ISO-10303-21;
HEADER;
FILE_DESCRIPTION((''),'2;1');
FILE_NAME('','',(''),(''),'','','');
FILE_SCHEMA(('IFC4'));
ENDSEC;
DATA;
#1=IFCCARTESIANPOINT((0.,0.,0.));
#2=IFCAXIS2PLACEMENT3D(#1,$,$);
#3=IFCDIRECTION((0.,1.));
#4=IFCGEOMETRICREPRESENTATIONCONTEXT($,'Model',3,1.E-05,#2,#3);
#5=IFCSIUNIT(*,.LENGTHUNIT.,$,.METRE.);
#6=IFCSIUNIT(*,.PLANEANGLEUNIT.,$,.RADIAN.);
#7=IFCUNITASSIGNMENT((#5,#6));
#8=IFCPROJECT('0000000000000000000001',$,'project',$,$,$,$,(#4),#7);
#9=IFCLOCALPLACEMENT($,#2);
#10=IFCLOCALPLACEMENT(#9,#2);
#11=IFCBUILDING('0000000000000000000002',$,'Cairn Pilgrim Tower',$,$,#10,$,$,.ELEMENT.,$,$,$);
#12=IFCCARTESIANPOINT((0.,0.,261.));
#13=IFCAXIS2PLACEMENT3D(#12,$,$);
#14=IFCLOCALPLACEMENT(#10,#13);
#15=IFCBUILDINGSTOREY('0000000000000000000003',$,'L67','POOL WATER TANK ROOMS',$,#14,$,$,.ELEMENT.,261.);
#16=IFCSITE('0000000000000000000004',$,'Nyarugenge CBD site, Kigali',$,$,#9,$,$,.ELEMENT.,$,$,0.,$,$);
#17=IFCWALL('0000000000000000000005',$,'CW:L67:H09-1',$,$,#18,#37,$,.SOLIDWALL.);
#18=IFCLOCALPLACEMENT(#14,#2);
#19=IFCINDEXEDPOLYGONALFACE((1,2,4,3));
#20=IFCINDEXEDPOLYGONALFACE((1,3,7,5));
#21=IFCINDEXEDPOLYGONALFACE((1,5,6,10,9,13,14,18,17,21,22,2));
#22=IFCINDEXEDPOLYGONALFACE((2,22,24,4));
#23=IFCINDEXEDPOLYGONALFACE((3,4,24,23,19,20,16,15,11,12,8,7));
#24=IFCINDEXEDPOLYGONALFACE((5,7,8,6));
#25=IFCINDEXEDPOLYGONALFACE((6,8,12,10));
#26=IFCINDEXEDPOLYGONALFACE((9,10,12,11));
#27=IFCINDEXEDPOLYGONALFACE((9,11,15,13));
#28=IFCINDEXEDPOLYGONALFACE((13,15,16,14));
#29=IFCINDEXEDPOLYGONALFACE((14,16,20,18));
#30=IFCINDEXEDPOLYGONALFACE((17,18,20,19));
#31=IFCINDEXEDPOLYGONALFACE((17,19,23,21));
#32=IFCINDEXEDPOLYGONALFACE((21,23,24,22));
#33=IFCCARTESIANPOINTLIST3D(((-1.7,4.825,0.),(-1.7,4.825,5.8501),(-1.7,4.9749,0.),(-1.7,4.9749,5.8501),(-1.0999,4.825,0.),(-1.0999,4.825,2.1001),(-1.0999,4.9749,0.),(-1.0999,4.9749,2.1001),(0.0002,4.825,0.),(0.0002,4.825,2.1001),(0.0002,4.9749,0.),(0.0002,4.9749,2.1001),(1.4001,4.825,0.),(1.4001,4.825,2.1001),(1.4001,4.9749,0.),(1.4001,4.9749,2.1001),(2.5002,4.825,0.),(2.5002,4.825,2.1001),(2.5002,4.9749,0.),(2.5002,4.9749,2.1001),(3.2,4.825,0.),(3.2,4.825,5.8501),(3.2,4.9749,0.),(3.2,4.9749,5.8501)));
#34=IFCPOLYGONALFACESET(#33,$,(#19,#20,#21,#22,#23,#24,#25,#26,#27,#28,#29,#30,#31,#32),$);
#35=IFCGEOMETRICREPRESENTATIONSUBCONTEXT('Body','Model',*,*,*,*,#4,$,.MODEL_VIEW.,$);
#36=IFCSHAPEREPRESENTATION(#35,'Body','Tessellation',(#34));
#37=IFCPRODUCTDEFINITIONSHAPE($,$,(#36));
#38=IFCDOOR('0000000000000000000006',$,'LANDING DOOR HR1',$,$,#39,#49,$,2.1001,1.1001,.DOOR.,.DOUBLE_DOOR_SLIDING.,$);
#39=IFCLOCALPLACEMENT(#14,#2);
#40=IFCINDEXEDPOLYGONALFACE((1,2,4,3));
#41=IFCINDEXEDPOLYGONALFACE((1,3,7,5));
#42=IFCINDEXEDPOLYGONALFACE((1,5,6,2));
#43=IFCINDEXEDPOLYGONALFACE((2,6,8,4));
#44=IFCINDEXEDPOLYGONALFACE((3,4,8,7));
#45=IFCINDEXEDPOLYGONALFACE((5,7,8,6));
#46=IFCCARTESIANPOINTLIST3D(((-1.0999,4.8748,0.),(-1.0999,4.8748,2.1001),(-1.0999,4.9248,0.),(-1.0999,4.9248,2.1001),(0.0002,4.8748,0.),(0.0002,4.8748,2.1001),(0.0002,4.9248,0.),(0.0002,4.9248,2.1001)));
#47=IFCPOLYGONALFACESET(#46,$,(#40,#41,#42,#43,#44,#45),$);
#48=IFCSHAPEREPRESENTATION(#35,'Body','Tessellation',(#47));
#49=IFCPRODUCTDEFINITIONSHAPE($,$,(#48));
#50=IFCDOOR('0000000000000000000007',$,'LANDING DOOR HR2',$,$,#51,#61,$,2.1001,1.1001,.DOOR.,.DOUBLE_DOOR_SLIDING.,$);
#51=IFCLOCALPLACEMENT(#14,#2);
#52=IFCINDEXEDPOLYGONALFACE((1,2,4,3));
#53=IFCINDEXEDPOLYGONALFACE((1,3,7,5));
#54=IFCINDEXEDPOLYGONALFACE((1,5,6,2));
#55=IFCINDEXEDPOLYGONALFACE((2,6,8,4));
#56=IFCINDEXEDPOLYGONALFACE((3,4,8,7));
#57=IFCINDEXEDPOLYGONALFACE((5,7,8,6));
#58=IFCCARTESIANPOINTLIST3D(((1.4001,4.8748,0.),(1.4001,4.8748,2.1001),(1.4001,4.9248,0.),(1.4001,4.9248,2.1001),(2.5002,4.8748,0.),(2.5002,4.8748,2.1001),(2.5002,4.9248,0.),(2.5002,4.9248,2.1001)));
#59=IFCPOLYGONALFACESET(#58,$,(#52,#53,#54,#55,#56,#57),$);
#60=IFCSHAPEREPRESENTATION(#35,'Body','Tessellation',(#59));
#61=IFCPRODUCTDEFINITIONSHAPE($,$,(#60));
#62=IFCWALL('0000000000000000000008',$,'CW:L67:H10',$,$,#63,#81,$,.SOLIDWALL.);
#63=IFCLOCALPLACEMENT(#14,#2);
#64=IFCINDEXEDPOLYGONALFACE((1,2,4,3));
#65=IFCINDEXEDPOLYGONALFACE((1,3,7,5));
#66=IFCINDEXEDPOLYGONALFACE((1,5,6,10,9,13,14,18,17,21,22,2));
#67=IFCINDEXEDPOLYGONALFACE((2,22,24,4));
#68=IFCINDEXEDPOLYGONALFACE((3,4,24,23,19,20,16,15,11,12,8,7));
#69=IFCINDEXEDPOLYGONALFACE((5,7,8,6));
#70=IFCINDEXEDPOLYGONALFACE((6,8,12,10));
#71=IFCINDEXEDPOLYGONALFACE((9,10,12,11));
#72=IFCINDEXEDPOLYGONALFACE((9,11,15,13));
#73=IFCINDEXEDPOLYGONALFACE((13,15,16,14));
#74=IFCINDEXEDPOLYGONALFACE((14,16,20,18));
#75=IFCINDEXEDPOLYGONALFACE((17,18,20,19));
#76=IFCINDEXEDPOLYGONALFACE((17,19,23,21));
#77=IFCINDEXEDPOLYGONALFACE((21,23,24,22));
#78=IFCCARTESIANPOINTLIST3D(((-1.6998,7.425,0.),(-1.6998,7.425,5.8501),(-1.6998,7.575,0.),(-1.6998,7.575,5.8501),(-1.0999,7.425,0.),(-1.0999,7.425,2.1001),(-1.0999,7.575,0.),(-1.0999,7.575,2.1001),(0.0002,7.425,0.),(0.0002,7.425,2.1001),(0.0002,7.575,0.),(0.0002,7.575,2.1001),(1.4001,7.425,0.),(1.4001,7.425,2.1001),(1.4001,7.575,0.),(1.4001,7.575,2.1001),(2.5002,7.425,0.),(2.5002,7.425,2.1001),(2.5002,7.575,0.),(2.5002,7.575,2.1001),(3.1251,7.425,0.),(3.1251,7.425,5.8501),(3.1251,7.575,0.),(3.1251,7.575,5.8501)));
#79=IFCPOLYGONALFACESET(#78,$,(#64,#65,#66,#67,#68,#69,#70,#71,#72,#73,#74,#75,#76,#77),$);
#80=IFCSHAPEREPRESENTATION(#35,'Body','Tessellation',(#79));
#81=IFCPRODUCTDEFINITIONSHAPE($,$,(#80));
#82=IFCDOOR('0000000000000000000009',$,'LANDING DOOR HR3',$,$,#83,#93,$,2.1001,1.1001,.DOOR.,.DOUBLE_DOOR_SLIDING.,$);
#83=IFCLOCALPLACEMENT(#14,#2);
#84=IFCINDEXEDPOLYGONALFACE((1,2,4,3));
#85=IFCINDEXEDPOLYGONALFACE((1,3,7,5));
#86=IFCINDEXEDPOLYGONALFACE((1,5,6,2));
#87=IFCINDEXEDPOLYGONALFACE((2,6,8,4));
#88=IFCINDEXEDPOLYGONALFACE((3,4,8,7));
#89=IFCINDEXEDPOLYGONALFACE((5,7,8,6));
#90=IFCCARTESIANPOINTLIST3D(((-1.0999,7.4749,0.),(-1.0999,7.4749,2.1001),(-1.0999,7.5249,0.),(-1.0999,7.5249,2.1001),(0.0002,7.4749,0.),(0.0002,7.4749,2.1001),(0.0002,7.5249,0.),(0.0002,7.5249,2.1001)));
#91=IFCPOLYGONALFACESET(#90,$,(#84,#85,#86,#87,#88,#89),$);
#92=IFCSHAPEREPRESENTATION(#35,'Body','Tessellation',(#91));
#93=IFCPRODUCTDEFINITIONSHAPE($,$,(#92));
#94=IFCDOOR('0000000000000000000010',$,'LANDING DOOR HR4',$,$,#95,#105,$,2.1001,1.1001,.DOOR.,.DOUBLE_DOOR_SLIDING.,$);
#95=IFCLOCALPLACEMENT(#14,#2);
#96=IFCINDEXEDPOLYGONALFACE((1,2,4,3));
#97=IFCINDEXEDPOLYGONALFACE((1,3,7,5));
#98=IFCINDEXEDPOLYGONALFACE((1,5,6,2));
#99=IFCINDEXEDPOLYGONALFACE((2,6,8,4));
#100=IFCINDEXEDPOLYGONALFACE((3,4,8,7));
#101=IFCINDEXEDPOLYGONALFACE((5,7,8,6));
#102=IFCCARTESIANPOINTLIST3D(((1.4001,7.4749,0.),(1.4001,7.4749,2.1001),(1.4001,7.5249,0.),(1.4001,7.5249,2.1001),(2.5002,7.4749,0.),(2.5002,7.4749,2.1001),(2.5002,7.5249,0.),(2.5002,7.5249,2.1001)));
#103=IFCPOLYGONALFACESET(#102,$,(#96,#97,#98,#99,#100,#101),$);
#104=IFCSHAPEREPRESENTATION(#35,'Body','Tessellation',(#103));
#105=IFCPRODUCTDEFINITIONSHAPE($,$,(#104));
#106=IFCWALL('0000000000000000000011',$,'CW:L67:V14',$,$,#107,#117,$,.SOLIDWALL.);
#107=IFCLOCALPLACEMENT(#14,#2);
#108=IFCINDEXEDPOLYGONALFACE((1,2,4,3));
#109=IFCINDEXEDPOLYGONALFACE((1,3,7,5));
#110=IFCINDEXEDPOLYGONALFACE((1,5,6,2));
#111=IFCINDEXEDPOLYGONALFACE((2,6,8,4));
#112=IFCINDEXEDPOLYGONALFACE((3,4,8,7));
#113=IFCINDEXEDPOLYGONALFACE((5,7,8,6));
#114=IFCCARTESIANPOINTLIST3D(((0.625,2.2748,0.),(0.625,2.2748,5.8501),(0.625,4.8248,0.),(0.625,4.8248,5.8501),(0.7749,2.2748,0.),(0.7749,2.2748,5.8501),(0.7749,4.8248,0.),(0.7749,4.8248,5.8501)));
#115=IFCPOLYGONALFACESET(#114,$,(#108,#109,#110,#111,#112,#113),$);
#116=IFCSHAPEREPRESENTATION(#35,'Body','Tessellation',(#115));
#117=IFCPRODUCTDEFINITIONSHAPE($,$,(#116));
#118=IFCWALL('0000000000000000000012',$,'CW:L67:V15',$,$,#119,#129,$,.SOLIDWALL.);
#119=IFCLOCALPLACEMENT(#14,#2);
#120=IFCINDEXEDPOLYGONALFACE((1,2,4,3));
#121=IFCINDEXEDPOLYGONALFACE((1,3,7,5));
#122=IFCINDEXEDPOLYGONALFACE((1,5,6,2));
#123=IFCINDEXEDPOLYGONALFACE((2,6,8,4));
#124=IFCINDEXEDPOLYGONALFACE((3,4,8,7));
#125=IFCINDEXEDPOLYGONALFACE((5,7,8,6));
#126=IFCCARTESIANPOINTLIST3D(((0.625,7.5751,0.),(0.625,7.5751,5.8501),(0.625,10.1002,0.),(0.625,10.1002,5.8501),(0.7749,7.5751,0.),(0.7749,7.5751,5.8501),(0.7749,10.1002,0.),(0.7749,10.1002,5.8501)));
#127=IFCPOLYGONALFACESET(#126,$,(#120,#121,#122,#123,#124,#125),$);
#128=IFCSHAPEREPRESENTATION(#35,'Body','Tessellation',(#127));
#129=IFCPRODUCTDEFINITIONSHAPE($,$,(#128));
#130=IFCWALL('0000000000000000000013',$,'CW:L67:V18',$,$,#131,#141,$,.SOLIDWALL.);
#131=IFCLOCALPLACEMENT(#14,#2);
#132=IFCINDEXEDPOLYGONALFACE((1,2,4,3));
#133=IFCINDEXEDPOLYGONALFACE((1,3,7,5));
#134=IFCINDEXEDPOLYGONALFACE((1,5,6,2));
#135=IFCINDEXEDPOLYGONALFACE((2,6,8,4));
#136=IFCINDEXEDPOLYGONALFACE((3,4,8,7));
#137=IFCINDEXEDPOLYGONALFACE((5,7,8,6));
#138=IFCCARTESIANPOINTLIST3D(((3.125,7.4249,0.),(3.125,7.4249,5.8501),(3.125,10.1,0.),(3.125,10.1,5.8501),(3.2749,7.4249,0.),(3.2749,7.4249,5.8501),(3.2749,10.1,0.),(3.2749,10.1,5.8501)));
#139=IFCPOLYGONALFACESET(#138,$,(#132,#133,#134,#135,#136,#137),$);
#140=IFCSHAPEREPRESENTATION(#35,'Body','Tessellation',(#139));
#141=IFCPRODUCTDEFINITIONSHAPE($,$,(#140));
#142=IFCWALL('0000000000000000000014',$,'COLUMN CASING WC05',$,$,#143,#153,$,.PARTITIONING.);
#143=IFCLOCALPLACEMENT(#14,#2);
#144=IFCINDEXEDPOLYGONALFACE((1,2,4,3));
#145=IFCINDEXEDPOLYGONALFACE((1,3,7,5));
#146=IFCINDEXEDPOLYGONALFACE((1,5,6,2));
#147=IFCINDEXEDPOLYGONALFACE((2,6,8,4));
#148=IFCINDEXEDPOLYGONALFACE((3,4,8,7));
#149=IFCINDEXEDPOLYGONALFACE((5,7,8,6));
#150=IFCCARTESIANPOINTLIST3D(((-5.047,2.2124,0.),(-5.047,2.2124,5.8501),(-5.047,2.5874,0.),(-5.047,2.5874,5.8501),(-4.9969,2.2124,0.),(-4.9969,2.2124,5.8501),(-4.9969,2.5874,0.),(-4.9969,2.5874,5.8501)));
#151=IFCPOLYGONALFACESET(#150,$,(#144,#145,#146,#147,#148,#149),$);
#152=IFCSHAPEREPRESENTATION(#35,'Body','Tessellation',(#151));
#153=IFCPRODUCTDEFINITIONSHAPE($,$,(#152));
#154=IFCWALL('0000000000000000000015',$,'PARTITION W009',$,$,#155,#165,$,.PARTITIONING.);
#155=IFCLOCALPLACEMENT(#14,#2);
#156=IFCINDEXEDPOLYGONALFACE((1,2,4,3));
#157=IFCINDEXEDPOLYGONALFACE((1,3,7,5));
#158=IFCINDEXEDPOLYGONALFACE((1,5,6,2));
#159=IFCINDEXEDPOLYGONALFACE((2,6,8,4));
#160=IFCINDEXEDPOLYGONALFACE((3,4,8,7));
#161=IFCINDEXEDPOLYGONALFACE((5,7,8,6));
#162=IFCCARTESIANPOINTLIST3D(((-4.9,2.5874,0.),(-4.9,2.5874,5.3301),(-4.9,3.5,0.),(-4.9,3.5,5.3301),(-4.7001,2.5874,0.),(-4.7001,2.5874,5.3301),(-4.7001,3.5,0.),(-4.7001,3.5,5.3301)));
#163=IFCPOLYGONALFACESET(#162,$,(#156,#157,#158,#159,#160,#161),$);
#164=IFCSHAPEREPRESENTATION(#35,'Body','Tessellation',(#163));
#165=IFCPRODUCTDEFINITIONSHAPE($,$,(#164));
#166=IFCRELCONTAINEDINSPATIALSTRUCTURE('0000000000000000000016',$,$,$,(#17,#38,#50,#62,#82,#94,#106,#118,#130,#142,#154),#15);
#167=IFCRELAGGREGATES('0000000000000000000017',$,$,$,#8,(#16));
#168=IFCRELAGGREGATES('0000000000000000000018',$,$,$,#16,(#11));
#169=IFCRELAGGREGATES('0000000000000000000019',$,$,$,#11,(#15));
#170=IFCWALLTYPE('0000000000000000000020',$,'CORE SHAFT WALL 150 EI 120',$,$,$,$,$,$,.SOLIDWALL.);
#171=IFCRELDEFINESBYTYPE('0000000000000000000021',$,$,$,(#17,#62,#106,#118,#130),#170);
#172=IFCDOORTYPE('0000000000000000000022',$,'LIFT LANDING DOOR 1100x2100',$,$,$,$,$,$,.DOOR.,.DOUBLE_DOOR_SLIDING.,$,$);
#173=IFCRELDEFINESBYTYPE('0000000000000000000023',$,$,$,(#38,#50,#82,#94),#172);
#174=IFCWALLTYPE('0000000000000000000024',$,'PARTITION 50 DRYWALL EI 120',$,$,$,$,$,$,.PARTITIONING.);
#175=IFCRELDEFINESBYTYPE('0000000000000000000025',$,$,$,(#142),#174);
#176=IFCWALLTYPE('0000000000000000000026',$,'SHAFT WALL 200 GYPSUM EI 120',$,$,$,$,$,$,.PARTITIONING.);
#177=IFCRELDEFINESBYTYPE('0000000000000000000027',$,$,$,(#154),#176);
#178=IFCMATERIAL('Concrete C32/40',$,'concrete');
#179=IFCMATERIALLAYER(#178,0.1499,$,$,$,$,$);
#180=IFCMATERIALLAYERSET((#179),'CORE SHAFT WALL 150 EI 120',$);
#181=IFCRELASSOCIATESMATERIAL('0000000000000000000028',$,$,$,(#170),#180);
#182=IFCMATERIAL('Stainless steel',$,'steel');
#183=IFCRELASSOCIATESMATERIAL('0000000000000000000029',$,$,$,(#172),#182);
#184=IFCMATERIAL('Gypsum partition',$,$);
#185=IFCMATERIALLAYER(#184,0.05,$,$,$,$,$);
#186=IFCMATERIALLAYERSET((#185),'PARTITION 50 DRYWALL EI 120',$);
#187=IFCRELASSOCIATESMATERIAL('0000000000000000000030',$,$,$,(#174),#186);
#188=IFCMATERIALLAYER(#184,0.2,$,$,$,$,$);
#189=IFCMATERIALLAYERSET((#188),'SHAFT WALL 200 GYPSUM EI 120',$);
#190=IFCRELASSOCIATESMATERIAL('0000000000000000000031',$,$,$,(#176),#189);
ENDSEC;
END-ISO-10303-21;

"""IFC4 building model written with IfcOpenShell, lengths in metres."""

from ifc_helpers import new_model, si_unit, direction, frame, frame_2d, origin, place, context, subcontext, project, spatial, rectangle, extrude, material, layer, layer_set, type_object, element, fill, save


model = new_model("IFC4")

# Units and contexts
model_context = context("Model", 3, precision=1e-05, world=origin(), true_north=direction((0.0, 1.0)))
body_context = subcontext(model_context, "Body", "Model", "MODEL_VIEW")
ifc_project = project(units=[si_unit("LENGTHUNIT", "METRE"), si_unit("PLANEANGLEUNIT", "RADIAN")], contexts=[model_context])

# Site, building, storey
site_placement = place(None, origin())
site = spatial("IfcSite", under=ifc_project, at=site_placement, Name="Nyarugenge CBD site, Kigali", CompositionType="ELEMENT", RefElevation=0.0)
building_placement = place(site_placement, origin())
building = spatial("IfcBuilding", under=site, at=building_placement, Name="Cairn Pilgrim Tower", CompositionType="ELEMENT")
storey_placement = place(building_placement, frame((0.0, 0.0, 261.0)))
storey = spatial("IfcBuildingStorey", under=building, at=storey_placement, Name="L67", Description="POOL WATER TANK ROOMS", CompositionType="ELEMENT", Elevation=261.0)

# Walls, openings, doors
ifc_material_1 = material(Name="Concrete C32/40", Category="concrete")
ifc_layer_1 = layer(ifc_material_1, 0.1499)
ifc_layer_set_1 = layer_set([ifc_layer_1], Name="CORE SHAFT WALL 150 EI 120")
wall_type_1 = type_object("IfcWallType", Name="CORE SHAFT WALL 150 EI 120", PredefinedType="SOLIDWALL", material=ifc_layer_set_1)
wall_1_placement = place(storey_placement, frame((-1.7, 4.8999, 0.0), z_axis=(0.0, 0.0, 1.0), x_axis=(1.0, 0.0, 0.0)))
wall_1 = element("IfcWall", 1, at=wall_1_placement, inside=storey, type_object=wall_type_1, Name="CW:L67:H09-1", PredefinedType="SOLIDWALL", context=body_context, shape_type="SweptSolid", body=[
    extrude(rectangle(XDim=4.8999, YDim=0.1499, at=frame_2d((2.45, 0.0))), origin(), (0.0, 0.0, 1.0), 5.8501),
])
opening_1_placement = place(wall_1_placement, frame((0.6001, 0.0, 0.0)))
opening_1 = element("IfcOpeningElement", 2, at=opening_1_placement, cuts=wall_1, PredefinedType="OPENING", context=body_context, shape_type="SweptSolid", body=[
    extrude(rectangle(XDim=1.1001, YDim=2.1001, at=frame_2d((0.55, 1.05))), frame((0.0, 0.085, 0.0), z_axis=(0.0, -1.0, 0.0), x_axis=(1.0, 0.0, 0.0)), (0.0, 0.0, 1.0), 0.1699),
])
opening_2_placement = place(wall_1_placement, frame((3.1001, 0.0, 0.0)))
opening_2 = element("IfcOpeningElement", 3, at=opening_2_placement, cuts=wall_1, PredefinedType="OPENING", context=body_context, shape_type="SweptSolid", body=[
    extrude(rectangle(XDim=1.1001, YDim=2.1001, at=frame_2d((0.55, 1.05))), frame((0.0, 0.085, 0.0), z_axis=(0.0, -1.0, 0.0), x_axis=(1.0, 0.0, 0.0)), (0.0, 0.0, 1.0), 0.1699),
])
ifc_material_2 = material(Name="Stainless steel", Category="steel")
door_type_1 = type_object("IfcDoorType", Name="LIFT LANDING DOOR 1100x2100", OperationType="DOUBLE_DOOR_SLIDING", PredefinedType="DOOR", material=ifc_material_2)
door_1_placement = place(opening_1_placement, origin())
door_1 = element("IfcDoor", 4, at=door_1_placement, inside=storey, type_object=door_type_1, Name="LANDING DOOR HR1", OperationType="DOUBLE_DOOR_SLIDING", OverallHeight=2.1001, OverallWidth=1.1001, PredefinedType="DOOR", context=body_context, shape_type="SweptSolid", body=[
    extrude(rectangle(XDim=1.1001, YDim=2.1001, at=frame_2d((0.55, 1.05))), frame((0.0, 0.0249, 0.0), z_axis=(0.0, -1.0, 0.0), x_axis=(1.0, 0.0, 0.0)), (0.0, 0.0, 1.0), 0.05),
])
fill(opening_1, door_1)
door_2_placement = place(opening_2_placement, origin())
door_2 = element("IfcDoor", 5, at=door_2_placement, inside=storey, type_object=door_type_1, Name="LANDING DOOR HR2", OperationType="DOUBLE_DOOR_SLIDING", OverallHeight=2.1001, OverallWidth=1.1001, PredefinedType="DOOR", context=body_context, shape_type="SweptSolid", body=[
    extrude(rectangle(XDim=1.1001, YDim=2.1001, at=frame_2d((0.55, 1.05))), frame((0.0, 0.0249, 0.0), z_axis=(0.0, -1.0, 0.0), x_axis=(1.0, 0.0, 0.0)), (0.0, 0.0, 1.0), 0.05),
])
fill(opening_2, door_2)
wall_2_placement = place(storey_placement, frame((-1.7, 7.5, 0.0), z_axis=(0.0, 0.0, 1.0), x_axis=(1.0, 0.0, 0.0)))
wall_2 = element("IfcWall", 6, at=wall_2_placement, inside=storey, type_object=wall_type_1, Name="CW:L67:H10", PredefinedType="SOLIDWALL", context=body_context, shape_type="SweptSolid", body=[
    extrude(rectangle(XDim=4.825, YDim=0.1499, at=frame_2d((2.4126, 0.0))), origin(), (0.0, 0.0, 1.0), 5.8501),
])
opening_3_placement = place(wall_2_placement, frame((0.6001, 0.0, 0.0)))
opening_3 = element("IfcOpeningElement", 7, at=opening_3_placement, cuts=wall_2, PredefinedType="OPENING", context=body_context, shape_type="SweptSolid", body=[
    extrude(rectangle(XDim=1.1001, YDim=2.1001, at=frame_2d((0.55, 1.05))), frame((0.0, 0.085, 0.0), z_axis=(0.0, -1.0, 0.0), x_axis=(1.0, 0.0, 0.0)), (0.0, 0.0, 1.0), 0.1699),
])
opening_4_placement = place(wall_2_placement, frame((3.1001, 0.0, 0.0)))
opening_4 = element("IfcOpeningElement", 8, at=opening_4_placement, cuts=wall_2, PredefinedType="OPENING", context=body_context, shape_type="SweptSolid", body=[
    extrude(rectangle(XDim=1.1001, YDim=2.1001, at=frame_2d((0.55, 1.05))), frame((0.0, 0.085, 0.0), z_axis=(0.0, -1.0, 0.0), x_axis=(1.0, 0.0, 0.0)), (0.0, 0.0, 1.0), 0.1699),
])
door_3_placement = place(opening_3_placement, origin())
door_3 = element("IfcDoor", 9, at=door_3_placement, inside=storey, type_object=door_type_1, Name="LANDING DOOR HR3", OperationType="DOUBLE_DOOR_SLIDING", OverallHeight=2.1001, OverallWidth=1.1001, PredefinedType="DOOR", context=body_context, shape_type="SweptSolid", body=[
    extrude(rectangle(XDim=1.1001, YDim=2.1001, at=frame_2d((0.55, 1.05))), frame((0.0, 0.0249, 0.0), z_axis=(0.0, -1.0, 0.0), x_axis=(1.0, 0.0, 0.0)), (0.0, 0.0, 1.0), 0.05),
])
fill(opening_3, door_3)
door_4_placement = place(opening_4_placement, origin())
door_4 = element("IfcDoor", 10, at=door_4_placement, inside=storey, type_object=door_type_1, Name="LANDING DOOR HR4", OperationType="DOUBLE_DOOR_SLIDING", OverallHeight=2.1001, OverallWidth=1.1001, PredefinedType="DOOR", context=body_context, shape_type="SweptSolid", body=[
    extrude(rectangle(XDim=1.1001, YDim=2.1001, at=frame_2d((0.55, 1.05))), frame((0.0, 0.0249, 0.0), z_axis=(0.0, -1.0, 0.0), x_axis=(1.0, 0.0, 0.0)), (0.0, 0.0, 1.0), 0.05),
])
fill(opening_4, door_4)

# Walls
wall_3_placement = place(storey_placement, frame((0.7, 2.2749, 0.0), z_axis=(0.0, 0.0, 1.0), x_axis=(0.0, 1.0, 0.0)))
element("IfcWall", 11, at=wall_3_placement, inside=storey, type_object=wall_type_1, Name="CW:L67:V14", PredefinedType="SOLIDWALL", context=body_context, shape_type="SweptSolid", body=[
    extrude(rectangle(XDim=2.55, YDim=0.1499, at=frame_2d((1.2749, 0.0))), origin(), (0.0, 0.0, 1.0), 5.8501),
])
wall_4_placement = place(storey_placement, frame((0.7, 7.575, 0.0), z_axis=(0.0, 0.0, 1.0), x_axis=(0.0, 1.0, 0.0)))
element("IfcWall", 12, at=wall_4_placement, inside=storey, type_object=wall_type_1, Name="CW:L67:V15", PredefinedType="SOLIDWALL", context=body_context, shape_type="SweptSolid", body=[
    extrude(rectangle(XDim=2.5251, YDim=0.1499, at=frame_2d((1.2627, 0.0))), origin(), (0.0, 0.0, 1.0), 5.8501),
])
wall_5_placement = place(storey_placement, frame((3.2, 7.425, 0.0), z_axis=(0.0, 0.0, 1.0), x_axis=(0.0, 1.0, 0.0)))
element("IfcWall", 13, at=wall_5_placement, inside=storey, type_object=wall_type_1, Name="CW:L67:V18", PredefinedType="SOLIDWALL", context=body_context, shape_type="SweptSolid", body=[
    extrude(rectangle(XDim=2.675, YDim=0.1499, at=frame_2d((1.3374, 0.0))), origin(), (0.0, 0.0, 1.0), 5.8501),
])
ifc_material_3 = material(Name="Gypsum partition")
ifc_layer_2 = layer(ifc_material_3, 0.05)
ifc_layer_set_2 = layer_set([ifc_layer_2], Name="PARTITION 50 DRYWALL EI 120")
wall_type_2 = type_object("IfcWallType", Name="PARTITION 50 DRYWALL EI 120", PredefinedType="PARTITIONING", material=ifc_layer_set_2)
wall_6_placement = place(storey_placement, frame((-5.022, 2.2124, 0.0), z_axis=(0.0, 0.0, 1.0), x_axis=(0.0, 1.0, 0.0)))
element("IfcWall", 14, at=wall_6_placement, inside=storey, type_object=wall_type_2, Name="COLUMN CASING WC05", PredefinedType="PARTITIONING", context=body_context, shape_type="SweptSolid", body=[
    extrude(rectangle(XDim=0.375, YDim=0.05, at=frame_2d((0.1875, 0.0))), origin(), (0.0, 0.0, 1.0), 5.8501),
])
ifc_layer_3 = layer(ifc_material_3, 0.2)
ifc_layer_set_3 = layer_set([ifc_layer_3], Name="SHAFT WALL 200 GYPSUM EI 120")
wall_type_3 = type_object("IfcWallType", Name="SHAFT WALL 200 GYPSUM EI 120", PredefinedType="PARTITIONING", material=ifc_layer_set_3)
wall_7_placement = place(storey_placement, frame((-4.8, 2.5874, 0.0), z_axis=(0.0, 0.0, 1.0), x_axis=(0.0, 1.0, 0.0)))
element("IfcWall", 15, at=wall_7_placement, inside=storey, type_object=wall_type_3, Name="PARTITION W009", PredefinedType="PARTITIONING", context=body_context, shape_type="SweptSolid", body=[
    extrude(rectangle(XDim=0.9126, YDim=0.2, at=frame_2d((0.4563, 0.0))), origin(), (0.0, 0.0, 1.0), 5.3301),
])

save(model, "model.ifc")
